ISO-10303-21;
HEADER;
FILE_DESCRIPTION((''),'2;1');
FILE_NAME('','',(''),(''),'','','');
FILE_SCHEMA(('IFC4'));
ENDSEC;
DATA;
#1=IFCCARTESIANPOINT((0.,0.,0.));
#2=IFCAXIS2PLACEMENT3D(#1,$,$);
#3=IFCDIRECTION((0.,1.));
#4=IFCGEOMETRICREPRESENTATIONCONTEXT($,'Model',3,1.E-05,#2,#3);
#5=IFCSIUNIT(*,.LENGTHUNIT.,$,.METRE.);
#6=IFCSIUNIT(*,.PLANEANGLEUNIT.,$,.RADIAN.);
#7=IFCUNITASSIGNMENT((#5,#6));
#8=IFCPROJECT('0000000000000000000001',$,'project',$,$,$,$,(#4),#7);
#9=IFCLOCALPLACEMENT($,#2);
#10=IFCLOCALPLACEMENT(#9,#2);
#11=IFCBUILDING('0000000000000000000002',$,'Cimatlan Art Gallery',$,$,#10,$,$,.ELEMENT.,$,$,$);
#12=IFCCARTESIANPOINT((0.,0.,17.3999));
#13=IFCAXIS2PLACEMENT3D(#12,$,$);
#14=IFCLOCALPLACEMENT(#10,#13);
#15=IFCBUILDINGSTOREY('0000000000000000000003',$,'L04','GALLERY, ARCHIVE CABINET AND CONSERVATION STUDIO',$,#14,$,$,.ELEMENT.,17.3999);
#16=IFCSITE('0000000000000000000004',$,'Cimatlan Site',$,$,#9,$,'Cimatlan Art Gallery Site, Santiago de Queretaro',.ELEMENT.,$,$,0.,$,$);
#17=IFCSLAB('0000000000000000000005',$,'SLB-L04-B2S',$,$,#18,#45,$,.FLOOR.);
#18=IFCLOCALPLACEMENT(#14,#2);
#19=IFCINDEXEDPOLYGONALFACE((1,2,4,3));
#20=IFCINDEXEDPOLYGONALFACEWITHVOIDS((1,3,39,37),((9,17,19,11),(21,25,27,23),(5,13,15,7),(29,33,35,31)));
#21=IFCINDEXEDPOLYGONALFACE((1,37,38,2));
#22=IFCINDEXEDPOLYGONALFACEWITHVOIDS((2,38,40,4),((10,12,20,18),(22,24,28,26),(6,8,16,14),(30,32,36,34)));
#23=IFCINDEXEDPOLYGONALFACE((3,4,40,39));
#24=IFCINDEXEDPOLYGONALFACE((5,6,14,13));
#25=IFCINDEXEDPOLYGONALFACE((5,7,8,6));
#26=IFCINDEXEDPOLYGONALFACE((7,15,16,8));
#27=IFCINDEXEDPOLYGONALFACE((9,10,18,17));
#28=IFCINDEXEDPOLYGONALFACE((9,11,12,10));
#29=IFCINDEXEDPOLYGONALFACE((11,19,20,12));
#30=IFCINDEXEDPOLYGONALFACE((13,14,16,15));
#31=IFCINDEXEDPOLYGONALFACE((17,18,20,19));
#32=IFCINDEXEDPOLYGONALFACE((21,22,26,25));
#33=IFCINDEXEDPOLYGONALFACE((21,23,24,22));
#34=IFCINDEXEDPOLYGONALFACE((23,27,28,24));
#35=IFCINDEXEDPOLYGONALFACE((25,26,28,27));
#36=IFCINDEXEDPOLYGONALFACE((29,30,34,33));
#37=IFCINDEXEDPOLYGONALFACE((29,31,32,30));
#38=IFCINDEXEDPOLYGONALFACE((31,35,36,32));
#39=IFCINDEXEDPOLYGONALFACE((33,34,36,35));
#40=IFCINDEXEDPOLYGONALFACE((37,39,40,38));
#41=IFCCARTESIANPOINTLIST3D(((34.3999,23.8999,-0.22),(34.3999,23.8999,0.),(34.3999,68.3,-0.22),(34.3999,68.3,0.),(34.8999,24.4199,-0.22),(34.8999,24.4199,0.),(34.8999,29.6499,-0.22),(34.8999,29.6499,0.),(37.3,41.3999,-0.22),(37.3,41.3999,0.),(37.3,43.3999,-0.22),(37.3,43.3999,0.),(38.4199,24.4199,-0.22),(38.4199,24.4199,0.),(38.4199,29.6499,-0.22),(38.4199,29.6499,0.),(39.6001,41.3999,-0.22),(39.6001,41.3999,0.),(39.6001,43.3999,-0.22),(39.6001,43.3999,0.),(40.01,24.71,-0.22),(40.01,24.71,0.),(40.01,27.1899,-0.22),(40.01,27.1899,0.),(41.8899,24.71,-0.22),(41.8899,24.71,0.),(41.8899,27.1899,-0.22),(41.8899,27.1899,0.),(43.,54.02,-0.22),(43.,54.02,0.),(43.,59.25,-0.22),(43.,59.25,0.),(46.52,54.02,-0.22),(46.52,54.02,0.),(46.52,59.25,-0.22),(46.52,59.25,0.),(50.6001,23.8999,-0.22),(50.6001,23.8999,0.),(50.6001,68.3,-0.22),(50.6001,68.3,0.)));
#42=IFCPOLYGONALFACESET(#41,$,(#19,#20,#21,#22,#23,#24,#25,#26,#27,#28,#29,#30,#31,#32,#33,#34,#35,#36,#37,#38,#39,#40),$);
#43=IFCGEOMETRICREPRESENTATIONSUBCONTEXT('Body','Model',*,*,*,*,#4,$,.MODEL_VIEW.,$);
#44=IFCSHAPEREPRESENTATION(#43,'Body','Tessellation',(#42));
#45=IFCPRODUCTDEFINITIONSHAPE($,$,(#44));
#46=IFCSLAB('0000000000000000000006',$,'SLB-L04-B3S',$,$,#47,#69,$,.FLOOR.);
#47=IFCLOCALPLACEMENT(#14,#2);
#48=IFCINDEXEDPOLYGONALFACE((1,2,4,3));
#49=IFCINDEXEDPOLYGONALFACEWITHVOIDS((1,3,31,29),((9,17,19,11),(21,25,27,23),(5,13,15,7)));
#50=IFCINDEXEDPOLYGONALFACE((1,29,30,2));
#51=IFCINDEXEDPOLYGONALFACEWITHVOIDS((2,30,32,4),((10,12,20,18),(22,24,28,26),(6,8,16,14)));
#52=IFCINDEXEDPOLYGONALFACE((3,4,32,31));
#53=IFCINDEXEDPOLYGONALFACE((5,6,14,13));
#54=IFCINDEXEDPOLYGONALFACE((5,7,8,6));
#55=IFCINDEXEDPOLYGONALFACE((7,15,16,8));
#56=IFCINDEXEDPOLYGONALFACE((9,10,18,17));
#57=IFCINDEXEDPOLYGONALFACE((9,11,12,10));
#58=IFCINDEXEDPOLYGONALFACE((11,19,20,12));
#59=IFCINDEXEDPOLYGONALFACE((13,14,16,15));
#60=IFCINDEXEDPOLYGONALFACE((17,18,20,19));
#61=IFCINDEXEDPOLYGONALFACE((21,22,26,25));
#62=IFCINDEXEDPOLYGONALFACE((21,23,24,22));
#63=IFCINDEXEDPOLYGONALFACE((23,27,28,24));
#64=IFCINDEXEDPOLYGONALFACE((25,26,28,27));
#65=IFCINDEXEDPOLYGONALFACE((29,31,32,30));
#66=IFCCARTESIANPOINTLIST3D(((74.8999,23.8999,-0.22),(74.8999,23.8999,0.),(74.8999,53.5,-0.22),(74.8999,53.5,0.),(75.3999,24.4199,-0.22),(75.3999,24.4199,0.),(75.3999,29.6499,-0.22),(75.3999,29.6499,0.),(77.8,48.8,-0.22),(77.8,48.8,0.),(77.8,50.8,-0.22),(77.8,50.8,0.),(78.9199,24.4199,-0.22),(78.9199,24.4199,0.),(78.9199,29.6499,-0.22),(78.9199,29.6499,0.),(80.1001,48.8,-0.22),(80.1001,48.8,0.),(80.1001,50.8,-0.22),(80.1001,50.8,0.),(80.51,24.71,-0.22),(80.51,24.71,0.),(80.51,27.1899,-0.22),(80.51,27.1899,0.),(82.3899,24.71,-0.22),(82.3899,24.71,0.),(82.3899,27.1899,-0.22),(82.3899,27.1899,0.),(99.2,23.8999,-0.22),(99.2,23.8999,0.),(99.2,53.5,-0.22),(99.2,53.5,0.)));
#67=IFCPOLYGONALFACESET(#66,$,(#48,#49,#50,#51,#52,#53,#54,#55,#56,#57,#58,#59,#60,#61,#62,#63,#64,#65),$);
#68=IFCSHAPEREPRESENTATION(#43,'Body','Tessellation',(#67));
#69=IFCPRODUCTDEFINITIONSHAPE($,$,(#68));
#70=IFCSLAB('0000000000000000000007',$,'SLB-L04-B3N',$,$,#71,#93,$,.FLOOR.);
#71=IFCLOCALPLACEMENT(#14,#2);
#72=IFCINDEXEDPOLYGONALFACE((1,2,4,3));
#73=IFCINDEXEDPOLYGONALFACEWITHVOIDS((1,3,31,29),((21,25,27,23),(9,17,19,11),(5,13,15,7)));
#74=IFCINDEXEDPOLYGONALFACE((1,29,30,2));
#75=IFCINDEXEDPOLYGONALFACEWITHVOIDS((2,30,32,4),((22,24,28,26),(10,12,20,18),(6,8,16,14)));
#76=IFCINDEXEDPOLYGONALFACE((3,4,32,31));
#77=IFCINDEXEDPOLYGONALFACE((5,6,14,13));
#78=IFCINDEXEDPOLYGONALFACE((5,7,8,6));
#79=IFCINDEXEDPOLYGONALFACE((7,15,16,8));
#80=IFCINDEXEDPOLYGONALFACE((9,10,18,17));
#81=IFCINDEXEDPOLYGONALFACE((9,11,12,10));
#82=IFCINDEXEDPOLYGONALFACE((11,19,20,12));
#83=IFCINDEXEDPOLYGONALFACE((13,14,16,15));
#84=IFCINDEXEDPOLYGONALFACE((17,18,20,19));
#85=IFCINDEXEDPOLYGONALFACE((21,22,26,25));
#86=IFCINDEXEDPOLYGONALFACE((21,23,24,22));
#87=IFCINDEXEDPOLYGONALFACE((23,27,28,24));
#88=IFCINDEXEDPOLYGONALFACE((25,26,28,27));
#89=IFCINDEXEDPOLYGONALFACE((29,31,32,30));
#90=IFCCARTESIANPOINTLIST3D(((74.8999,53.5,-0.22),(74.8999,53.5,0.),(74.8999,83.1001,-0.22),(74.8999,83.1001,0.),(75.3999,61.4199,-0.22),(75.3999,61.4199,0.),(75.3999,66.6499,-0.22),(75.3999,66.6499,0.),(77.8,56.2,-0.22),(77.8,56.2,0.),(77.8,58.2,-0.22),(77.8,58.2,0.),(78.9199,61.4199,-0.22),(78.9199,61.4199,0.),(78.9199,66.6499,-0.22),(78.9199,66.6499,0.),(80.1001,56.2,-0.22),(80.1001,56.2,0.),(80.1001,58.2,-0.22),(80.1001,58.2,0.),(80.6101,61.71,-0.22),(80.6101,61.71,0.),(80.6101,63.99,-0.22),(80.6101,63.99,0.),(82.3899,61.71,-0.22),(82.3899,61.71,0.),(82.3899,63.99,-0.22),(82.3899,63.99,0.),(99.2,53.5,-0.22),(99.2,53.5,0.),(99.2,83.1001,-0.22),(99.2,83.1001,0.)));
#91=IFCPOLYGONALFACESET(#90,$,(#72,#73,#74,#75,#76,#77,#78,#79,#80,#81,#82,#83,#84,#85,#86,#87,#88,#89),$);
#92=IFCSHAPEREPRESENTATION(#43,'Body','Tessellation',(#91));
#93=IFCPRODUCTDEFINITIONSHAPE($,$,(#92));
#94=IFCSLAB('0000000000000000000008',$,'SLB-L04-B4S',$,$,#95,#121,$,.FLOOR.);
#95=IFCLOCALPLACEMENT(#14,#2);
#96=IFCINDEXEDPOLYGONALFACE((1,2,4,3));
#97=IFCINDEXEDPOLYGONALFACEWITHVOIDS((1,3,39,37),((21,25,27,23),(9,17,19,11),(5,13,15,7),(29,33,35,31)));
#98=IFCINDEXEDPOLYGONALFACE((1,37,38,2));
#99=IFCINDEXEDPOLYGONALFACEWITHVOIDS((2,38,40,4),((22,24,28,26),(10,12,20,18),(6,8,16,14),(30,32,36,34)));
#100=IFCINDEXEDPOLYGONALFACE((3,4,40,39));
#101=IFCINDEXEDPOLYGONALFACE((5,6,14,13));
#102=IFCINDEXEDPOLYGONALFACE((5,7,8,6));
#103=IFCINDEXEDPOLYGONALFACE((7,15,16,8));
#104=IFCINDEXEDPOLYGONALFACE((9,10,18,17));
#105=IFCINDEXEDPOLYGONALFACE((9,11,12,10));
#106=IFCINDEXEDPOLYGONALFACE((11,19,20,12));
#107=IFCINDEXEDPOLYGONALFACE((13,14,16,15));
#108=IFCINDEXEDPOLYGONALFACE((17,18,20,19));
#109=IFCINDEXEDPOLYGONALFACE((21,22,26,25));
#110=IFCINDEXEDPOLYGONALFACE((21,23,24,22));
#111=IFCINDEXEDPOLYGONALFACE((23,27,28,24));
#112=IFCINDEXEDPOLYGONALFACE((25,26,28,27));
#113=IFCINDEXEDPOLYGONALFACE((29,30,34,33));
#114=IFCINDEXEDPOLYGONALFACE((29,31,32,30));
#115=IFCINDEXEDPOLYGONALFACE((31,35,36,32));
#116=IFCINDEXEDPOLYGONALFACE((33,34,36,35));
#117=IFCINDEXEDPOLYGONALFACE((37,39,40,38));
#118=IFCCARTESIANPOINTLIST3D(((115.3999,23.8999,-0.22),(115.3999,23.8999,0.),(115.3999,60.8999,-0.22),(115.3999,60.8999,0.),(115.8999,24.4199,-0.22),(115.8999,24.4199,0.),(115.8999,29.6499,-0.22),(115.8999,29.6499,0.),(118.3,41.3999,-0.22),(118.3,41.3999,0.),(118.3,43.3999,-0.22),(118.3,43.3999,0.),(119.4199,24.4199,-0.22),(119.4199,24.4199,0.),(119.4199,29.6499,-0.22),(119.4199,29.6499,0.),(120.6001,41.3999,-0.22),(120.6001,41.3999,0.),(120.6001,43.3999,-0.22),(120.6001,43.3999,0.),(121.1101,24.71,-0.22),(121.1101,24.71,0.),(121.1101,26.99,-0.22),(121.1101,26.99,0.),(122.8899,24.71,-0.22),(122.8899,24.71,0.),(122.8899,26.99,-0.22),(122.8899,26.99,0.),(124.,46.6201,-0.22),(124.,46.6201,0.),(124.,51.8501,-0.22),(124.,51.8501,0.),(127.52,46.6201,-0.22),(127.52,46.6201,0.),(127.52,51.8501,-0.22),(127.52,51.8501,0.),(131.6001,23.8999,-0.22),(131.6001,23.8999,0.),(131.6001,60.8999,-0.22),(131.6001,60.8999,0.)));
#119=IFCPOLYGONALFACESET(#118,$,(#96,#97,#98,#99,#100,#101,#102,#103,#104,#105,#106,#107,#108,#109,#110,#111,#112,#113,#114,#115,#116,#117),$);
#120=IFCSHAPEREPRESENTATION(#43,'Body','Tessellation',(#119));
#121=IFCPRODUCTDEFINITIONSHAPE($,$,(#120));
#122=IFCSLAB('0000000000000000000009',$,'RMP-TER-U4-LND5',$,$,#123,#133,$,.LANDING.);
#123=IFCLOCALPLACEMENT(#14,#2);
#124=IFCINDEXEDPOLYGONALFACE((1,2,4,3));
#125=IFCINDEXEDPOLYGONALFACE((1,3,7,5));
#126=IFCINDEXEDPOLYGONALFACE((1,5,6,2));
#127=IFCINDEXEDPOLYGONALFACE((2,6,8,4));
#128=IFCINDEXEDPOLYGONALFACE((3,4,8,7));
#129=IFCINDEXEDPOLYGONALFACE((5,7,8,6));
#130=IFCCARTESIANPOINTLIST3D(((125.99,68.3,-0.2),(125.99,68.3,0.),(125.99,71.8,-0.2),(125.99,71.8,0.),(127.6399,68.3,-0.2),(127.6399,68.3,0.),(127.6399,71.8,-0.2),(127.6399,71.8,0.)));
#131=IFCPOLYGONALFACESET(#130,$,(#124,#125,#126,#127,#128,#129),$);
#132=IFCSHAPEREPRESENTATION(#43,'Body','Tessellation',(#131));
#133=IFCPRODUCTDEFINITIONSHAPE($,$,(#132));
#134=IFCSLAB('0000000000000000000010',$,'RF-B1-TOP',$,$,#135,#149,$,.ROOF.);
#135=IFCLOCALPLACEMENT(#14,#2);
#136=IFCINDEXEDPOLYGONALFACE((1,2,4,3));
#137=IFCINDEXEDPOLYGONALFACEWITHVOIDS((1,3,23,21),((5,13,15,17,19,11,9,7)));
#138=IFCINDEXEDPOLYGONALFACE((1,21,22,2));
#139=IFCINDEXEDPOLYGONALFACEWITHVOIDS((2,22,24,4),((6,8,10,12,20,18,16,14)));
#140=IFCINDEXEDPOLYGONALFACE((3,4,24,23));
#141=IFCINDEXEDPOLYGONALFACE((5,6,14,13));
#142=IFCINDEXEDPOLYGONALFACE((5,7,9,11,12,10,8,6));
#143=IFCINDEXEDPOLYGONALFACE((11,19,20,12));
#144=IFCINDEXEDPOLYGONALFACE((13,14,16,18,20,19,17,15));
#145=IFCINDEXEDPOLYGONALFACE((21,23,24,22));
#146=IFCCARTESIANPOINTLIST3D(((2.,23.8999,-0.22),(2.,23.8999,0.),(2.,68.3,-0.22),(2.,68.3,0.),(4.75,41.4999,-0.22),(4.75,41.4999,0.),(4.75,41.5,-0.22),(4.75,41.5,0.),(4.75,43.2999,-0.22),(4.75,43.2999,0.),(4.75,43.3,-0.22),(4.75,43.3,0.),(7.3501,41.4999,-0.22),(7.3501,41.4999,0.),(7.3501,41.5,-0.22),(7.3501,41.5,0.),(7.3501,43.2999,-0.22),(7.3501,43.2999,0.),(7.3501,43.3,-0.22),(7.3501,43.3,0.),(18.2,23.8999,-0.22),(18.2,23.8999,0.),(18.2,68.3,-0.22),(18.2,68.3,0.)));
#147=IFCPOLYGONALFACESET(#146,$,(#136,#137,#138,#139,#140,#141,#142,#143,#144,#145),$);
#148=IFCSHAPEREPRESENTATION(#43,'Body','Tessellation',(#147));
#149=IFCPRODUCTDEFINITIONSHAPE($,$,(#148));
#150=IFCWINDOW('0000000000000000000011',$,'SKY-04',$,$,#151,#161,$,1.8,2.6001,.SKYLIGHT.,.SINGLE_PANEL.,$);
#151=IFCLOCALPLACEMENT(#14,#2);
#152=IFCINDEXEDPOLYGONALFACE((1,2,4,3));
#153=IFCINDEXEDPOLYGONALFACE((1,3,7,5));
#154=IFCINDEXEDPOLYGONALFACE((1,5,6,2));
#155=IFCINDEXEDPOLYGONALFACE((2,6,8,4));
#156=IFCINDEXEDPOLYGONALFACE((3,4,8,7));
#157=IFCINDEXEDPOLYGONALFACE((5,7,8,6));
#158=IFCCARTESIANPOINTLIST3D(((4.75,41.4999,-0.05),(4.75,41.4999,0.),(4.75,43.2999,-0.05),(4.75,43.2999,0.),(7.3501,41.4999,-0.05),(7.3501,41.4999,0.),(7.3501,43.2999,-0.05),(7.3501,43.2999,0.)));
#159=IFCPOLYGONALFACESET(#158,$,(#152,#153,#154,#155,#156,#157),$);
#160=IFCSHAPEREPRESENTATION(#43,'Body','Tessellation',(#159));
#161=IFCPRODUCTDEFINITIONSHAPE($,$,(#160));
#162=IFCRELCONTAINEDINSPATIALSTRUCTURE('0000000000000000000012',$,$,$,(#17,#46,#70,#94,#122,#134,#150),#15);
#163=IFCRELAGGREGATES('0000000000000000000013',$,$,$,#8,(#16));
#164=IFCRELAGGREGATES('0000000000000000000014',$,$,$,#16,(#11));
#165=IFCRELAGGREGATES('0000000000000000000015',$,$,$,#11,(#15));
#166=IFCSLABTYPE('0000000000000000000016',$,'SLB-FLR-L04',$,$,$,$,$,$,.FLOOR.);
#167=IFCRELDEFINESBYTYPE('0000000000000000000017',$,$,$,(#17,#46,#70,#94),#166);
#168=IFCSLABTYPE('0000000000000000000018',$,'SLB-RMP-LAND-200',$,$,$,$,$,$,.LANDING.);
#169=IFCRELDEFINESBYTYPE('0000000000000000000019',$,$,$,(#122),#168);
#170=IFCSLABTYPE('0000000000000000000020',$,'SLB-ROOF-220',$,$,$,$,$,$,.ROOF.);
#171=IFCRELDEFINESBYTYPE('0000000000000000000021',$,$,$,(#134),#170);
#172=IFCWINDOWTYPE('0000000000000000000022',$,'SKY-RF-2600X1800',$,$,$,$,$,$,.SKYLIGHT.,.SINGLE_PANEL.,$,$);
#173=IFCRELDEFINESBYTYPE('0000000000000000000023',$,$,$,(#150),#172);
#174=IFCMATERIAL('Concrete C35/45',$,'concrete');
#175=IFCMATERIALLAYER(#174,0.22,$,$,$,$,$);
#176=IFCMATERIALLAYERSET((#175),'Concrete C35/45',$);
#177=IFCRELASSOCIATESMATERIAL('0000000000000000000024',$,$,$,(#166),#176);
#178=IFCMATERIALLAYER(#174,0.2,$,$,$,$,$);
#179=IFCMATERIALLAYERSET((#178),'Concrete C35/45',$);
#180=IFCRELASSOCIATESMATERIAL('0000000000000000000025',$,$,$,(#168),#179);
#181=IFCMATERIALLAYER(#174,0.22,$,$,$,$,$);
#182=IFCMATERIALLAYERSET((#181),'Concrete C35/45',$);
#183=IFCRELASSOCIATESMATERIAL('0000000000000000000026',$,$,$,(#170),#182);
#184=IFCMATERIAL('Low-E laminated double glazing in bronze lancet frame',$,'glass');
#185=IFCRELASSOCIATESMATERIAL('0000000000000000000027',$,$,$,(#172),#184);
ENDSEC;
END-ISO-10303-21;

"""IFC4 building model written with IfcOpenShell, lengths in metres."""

from ifc_helpers import new_model, si_unit, direction, frame, origin, origin_2d, place, context, subcontext, project, spatial, polyline, rectangle, outline, extrude, material, layer, layer_set, type_object, element, fill, save


model = new_model("IFC4")

# Units and contexts
model_context = context("Model", 3, precision=1e-05, world=origin(), true_north=direction((0.0, 1.0)))
body_context = subcontext(model_context, "Body", "Model", "MODEL_VIEW")
ifc_project = project(units=[si_unit("LENGTHUNIT", "METRE"), si_unit("PLANEANGLEUNIT", "RADIAN")], contexts=[model_context])

# Site, building, storey
site_placement = place(None, origin())
site = spatial("IfcSite", under=ifc_project, at=site_placement, Name="Cimatlan Site", LongName="Cimatlan Art Gallery Site, Santiago de Queretaro", CompositionType="ELEMENT", RefElevation=0.0)
building_placement = place(site_placement, origin())
building = spatial("IfcBuilding", under=site, at=building_placement, Name="Cimatlan Art Gallery", CompositionType="ELEMENT")
storey_placement = place(building_placement, frame((0.0, 0.0, 17.3999)))
storey = spatial("IfcBuildingStorey", under=building, at=storey_placement, Name="L04", Description="GALLERY, ARCHIVE CABINET AND CONSERVATION STUDIO", CompositionType="ELEMENT", Elevation=17.3999)

# Slabs
ifc_material_1 = material(Name="Concrete C35/45", Category="concrete")
ifc_layer_1 = layer(ifc_material_1, 0.22)
ifc_layer_set_1 = layer_set([ifc_layer_1], Name="Concrete C35/45")
slab_type_1 = type_object("IfcSlabType", Name="SLB-FLR-L04", PredefinedType="FLOOR", material=ifc_layer_set_1)
slab_1_placement = place(storey_placement, frame((0.0, 0.0, -0.22)))
element("IfcSlab", 1, at=slab_1_placement, inside=storey, type_object=slab_type_1, Name="SLB-L04-B2S", PredefinedType="FLOOR", context=body_context, shape_type="SweptSolid", body=[
    extrude(outline(polyline([(34.3999, 23.8999), (50.6001, 23.8999), (50.6001, 68.3), (34.3999, 68.3), (34.3999, 23.8999)]), holes=[polyline([(34.8999, 24.4199), (38.4199, 24.4199), (38.4199, 29.6499), (34.8999, 29.6499), (34.8999, 24.4199)]), polyline([(40.01, 24.71), (41.8899, 24.71), (41.8899, 27.1899), (40.01, 27.1899), (40.01, 24.71)]), polyline([(43.0, 54.02), (46.52, 54.02), (46.52, 59.25), (43.0, 59.25), (43.0, 54.02)]), polyline([(37.3, 41.3999), (39.6001, 41.3999), (39.6001, 43.3999), (37.3, 43.3999), (37.3, 41.3999)])]), origin(), (0.0, 0.0, 1.0), 0.22),
])
slab_2_placement = place(storey_placement, frame((0.0, 0.0, -0.22)))
element("IfcSlab", 2, at=slab_2_placement, inside=storey, type_object=slab_type_1, Name="SLB-L04-B3S", PredefinedType="FLOOR", context=body_context, shape_type="SweptSolid", body=[
    extrude(outline(polyline([(74.8999, 23.8999), (99.2, 23.8999), (99.2, 53.5), (74.8999, 53.5), (74.8999, 23.8999)]), holes=[polyline([(75.3999, 24.4199), (78.9199, 24.4199), (78.9199, 29.6499), (75.3999, 29.6499), (75.3999, 24.4199)]), polyline([(80.51, 24.71), (82.3899, 24.71), (82.3899, 27.1899), (80.51, 27.1899), (80.51, 24.71)]), polyline([(77.8, 48.8), (80.1001, 48.8), (80.1001, 50.8), (77.8, 50.8), (77.8, 48.8)])]), origin(), (0.0, 0.0, 1.0), 0.22),
])
slab_3_placement = place(storey_placement, frame((0.0, 0.0, -0.22)))
element("IfcSlab", 3, at=slab_3_placement, inside=storey, type_object=slab_type_1, Name="SLB-L04-B3N", PredefinedType="FLOOR", context=body_context, shape_type="SweptSolid", body=[
    extrude(outline(polyline([(74.8999, 53.5), (99.2, 53.5), (99.2, 83.1001), (74.8999, 83.1001), (74.8999, 53.5)]), holes=[polyline([(75.3999, 61.4199), (78.9199, 61.4199), (78.9199, 66.6499), (75.3999, 66.6499), (75.3999, 61.4199)]), polyline([(80.6101, 61.71), (82.3899, 61.71), (82.3899, 63.99), (80.6101, 63.99), (80.6101, 61.71)]), polyline([(77.8, 56.2), (80.1001, 56.2), (80.1001, 58.2), (77.8, 58.2), (77.8, 56.2)])]), origin(), (0.0, 0.0, 1.0), 0.22),
])
slab_4_placement = place(storey_placement, frame((0.0, 0.0, -0.22)))
element("IfcSlab", 4, at=slab_4_placement, inside=storey, type_object=slab_type_1, Name="SLB-L04-B4S", PredefinedType="FLOOR", context=body_context, shape_type="SweptSolid", body=[
    extrude(outline(polyline([(115.3999, 23.8999), (131.6001, 23.8999), (131.6001, 60.8999), (115.3999, 60.8999), (115.3999, 23.8999)]), holes=[polyline([(115.8999, 24.4199), (119.4199, 24.4199), (119.4199, 29.6499), (115.8999, 29.6499), (115.8999, 24.4199)]), polyline([(121.1101, 24.71), (122.8899, 24.71), (122.8899, 26.99), (121.1101, 26.99), (121.1101, 24.71)]), polyline([(124.0, 46.6201), (127.52, 46.6201), (127.52, 51.8501), (124.0, 51.8501), (124.0, 46.6201)]), polyline([(118.3, 41.3999), (120.6001, 41.3999), (120.6001, 43.3999), (118.3, 43.3999), (118.3, 41.3999)])]), origin(), (0.0, 0.0, 1.0), 0.22),
])
ifc_layer_2 = layer(ifc_material_1, 0.2)
ifc_layer_set_2 = layer_set([ifc_layer_2], Name="Concrete C35/45")
slab_type_2 = type_object("IfcSlabType", Name="SLB-RMP-LAND-200", PredefinedType="LANDING", material=ifc_layer_set_2)
slab_5_placement = place(storey_placement, frame((0.0, 0.0, -0.2)))
element("IfcSlab", 5, at=slab_5_placement, inside=storey, type_object=slab_type_2, Name="RMP-TER-U4-LND5", PredefinedType="LANDING", context=body_context, shape_type="SweptSolid", body=[
    extrude(outline(polyline([(125.99, 68.3), (127.6399, 68.3), (127.6399, 71.8), (125.99, 71.8), (125.99, 68.3)])), origin(), (0.0, 0.0, 1.0), 0.2),
])

# Slab, opening, window
ifc_layer_3 = layer(ifc_material_1, 0.22)
ifc_layer_set_3 = layer_set([ifc_layer_3], Name="Concrete C35/45")
slab_type_3 = type_object("IfcSlabType", Name="SLB-ROOF-220", PredefinedType="ROOF", material=ifc_layer_set_3)
slab_6_placement = place(storey_placement, frame((0.0, 0.0, -0.22)))
slab_6 = element("IfcSlab", 6, at=slab_6_placement, inside=storey, type_object=slab_type_3, Name="RF-B1-TOP", PredefinedType="ROOF", context=body_context, shape_type="SweptSolid", body=[
    extrude(outline(polyline([(2.0, 23.8999), (18.2, 23.8999), (18.2, 68.3), (2.0, 68.3), (2.0, 23.8999)]), holes=[polyline([(4.75, 41.5), (7.3501, 41.5), (7.3501, 43.3), (4.75, 43.3), (4.75, 41.5)])]), origin(), (0.0, 0.0, 1.0), 0.22),
])
opening_1_placement = place(slab_6_placement, frame((6.05, 42.3999, -0.01)))
opening_1 = element("IfcOpeningElement", 7, at=opening_1_placement, cuts=slab_6, PredefinedType="OPENING", context=body_context, shape_type="SweptSolid", body=[
    extrude(rectangle(XDim=2.6001, YDim=1.8, at=origin_2d()), origin(), (0.0, 0.0, 1.0), 0.24),
])
ifc_material_2 = material(Name="Low-E laminated double glazing in bronze lancet frame", Category="glass")
window_type_1 = type_object("IfcWindowType", Name="SKY-RF-2600X1800", PartitioningType="SINGLE_PANEL", PredefinedType="SKYLIGHT", material=ifc_material_2)
window_1_placement = place(slab_6_placement, frame((6.05, 42.3999, 0.1699)))
window_1 = element("IfcWindow", 8, at=window_1_placement, inside=storey, type_object=window_type_1, Name="SKY-04", OverallHeight=1.8, OverallWidth=2.6001, PartitioningType="SINGLE_PANEL", PredefinedType="SKYLIGHT", context=body_context, shape_type="SweptSolid", body=[
    extrude(rectangle(XDim=2.6001, YDim=1.8, at=origin_2d()), origin(), (0.0, 0.0, 1.0), 0.05),
])
fill(opening_1, window_1)

save(model, "model.ifc")
